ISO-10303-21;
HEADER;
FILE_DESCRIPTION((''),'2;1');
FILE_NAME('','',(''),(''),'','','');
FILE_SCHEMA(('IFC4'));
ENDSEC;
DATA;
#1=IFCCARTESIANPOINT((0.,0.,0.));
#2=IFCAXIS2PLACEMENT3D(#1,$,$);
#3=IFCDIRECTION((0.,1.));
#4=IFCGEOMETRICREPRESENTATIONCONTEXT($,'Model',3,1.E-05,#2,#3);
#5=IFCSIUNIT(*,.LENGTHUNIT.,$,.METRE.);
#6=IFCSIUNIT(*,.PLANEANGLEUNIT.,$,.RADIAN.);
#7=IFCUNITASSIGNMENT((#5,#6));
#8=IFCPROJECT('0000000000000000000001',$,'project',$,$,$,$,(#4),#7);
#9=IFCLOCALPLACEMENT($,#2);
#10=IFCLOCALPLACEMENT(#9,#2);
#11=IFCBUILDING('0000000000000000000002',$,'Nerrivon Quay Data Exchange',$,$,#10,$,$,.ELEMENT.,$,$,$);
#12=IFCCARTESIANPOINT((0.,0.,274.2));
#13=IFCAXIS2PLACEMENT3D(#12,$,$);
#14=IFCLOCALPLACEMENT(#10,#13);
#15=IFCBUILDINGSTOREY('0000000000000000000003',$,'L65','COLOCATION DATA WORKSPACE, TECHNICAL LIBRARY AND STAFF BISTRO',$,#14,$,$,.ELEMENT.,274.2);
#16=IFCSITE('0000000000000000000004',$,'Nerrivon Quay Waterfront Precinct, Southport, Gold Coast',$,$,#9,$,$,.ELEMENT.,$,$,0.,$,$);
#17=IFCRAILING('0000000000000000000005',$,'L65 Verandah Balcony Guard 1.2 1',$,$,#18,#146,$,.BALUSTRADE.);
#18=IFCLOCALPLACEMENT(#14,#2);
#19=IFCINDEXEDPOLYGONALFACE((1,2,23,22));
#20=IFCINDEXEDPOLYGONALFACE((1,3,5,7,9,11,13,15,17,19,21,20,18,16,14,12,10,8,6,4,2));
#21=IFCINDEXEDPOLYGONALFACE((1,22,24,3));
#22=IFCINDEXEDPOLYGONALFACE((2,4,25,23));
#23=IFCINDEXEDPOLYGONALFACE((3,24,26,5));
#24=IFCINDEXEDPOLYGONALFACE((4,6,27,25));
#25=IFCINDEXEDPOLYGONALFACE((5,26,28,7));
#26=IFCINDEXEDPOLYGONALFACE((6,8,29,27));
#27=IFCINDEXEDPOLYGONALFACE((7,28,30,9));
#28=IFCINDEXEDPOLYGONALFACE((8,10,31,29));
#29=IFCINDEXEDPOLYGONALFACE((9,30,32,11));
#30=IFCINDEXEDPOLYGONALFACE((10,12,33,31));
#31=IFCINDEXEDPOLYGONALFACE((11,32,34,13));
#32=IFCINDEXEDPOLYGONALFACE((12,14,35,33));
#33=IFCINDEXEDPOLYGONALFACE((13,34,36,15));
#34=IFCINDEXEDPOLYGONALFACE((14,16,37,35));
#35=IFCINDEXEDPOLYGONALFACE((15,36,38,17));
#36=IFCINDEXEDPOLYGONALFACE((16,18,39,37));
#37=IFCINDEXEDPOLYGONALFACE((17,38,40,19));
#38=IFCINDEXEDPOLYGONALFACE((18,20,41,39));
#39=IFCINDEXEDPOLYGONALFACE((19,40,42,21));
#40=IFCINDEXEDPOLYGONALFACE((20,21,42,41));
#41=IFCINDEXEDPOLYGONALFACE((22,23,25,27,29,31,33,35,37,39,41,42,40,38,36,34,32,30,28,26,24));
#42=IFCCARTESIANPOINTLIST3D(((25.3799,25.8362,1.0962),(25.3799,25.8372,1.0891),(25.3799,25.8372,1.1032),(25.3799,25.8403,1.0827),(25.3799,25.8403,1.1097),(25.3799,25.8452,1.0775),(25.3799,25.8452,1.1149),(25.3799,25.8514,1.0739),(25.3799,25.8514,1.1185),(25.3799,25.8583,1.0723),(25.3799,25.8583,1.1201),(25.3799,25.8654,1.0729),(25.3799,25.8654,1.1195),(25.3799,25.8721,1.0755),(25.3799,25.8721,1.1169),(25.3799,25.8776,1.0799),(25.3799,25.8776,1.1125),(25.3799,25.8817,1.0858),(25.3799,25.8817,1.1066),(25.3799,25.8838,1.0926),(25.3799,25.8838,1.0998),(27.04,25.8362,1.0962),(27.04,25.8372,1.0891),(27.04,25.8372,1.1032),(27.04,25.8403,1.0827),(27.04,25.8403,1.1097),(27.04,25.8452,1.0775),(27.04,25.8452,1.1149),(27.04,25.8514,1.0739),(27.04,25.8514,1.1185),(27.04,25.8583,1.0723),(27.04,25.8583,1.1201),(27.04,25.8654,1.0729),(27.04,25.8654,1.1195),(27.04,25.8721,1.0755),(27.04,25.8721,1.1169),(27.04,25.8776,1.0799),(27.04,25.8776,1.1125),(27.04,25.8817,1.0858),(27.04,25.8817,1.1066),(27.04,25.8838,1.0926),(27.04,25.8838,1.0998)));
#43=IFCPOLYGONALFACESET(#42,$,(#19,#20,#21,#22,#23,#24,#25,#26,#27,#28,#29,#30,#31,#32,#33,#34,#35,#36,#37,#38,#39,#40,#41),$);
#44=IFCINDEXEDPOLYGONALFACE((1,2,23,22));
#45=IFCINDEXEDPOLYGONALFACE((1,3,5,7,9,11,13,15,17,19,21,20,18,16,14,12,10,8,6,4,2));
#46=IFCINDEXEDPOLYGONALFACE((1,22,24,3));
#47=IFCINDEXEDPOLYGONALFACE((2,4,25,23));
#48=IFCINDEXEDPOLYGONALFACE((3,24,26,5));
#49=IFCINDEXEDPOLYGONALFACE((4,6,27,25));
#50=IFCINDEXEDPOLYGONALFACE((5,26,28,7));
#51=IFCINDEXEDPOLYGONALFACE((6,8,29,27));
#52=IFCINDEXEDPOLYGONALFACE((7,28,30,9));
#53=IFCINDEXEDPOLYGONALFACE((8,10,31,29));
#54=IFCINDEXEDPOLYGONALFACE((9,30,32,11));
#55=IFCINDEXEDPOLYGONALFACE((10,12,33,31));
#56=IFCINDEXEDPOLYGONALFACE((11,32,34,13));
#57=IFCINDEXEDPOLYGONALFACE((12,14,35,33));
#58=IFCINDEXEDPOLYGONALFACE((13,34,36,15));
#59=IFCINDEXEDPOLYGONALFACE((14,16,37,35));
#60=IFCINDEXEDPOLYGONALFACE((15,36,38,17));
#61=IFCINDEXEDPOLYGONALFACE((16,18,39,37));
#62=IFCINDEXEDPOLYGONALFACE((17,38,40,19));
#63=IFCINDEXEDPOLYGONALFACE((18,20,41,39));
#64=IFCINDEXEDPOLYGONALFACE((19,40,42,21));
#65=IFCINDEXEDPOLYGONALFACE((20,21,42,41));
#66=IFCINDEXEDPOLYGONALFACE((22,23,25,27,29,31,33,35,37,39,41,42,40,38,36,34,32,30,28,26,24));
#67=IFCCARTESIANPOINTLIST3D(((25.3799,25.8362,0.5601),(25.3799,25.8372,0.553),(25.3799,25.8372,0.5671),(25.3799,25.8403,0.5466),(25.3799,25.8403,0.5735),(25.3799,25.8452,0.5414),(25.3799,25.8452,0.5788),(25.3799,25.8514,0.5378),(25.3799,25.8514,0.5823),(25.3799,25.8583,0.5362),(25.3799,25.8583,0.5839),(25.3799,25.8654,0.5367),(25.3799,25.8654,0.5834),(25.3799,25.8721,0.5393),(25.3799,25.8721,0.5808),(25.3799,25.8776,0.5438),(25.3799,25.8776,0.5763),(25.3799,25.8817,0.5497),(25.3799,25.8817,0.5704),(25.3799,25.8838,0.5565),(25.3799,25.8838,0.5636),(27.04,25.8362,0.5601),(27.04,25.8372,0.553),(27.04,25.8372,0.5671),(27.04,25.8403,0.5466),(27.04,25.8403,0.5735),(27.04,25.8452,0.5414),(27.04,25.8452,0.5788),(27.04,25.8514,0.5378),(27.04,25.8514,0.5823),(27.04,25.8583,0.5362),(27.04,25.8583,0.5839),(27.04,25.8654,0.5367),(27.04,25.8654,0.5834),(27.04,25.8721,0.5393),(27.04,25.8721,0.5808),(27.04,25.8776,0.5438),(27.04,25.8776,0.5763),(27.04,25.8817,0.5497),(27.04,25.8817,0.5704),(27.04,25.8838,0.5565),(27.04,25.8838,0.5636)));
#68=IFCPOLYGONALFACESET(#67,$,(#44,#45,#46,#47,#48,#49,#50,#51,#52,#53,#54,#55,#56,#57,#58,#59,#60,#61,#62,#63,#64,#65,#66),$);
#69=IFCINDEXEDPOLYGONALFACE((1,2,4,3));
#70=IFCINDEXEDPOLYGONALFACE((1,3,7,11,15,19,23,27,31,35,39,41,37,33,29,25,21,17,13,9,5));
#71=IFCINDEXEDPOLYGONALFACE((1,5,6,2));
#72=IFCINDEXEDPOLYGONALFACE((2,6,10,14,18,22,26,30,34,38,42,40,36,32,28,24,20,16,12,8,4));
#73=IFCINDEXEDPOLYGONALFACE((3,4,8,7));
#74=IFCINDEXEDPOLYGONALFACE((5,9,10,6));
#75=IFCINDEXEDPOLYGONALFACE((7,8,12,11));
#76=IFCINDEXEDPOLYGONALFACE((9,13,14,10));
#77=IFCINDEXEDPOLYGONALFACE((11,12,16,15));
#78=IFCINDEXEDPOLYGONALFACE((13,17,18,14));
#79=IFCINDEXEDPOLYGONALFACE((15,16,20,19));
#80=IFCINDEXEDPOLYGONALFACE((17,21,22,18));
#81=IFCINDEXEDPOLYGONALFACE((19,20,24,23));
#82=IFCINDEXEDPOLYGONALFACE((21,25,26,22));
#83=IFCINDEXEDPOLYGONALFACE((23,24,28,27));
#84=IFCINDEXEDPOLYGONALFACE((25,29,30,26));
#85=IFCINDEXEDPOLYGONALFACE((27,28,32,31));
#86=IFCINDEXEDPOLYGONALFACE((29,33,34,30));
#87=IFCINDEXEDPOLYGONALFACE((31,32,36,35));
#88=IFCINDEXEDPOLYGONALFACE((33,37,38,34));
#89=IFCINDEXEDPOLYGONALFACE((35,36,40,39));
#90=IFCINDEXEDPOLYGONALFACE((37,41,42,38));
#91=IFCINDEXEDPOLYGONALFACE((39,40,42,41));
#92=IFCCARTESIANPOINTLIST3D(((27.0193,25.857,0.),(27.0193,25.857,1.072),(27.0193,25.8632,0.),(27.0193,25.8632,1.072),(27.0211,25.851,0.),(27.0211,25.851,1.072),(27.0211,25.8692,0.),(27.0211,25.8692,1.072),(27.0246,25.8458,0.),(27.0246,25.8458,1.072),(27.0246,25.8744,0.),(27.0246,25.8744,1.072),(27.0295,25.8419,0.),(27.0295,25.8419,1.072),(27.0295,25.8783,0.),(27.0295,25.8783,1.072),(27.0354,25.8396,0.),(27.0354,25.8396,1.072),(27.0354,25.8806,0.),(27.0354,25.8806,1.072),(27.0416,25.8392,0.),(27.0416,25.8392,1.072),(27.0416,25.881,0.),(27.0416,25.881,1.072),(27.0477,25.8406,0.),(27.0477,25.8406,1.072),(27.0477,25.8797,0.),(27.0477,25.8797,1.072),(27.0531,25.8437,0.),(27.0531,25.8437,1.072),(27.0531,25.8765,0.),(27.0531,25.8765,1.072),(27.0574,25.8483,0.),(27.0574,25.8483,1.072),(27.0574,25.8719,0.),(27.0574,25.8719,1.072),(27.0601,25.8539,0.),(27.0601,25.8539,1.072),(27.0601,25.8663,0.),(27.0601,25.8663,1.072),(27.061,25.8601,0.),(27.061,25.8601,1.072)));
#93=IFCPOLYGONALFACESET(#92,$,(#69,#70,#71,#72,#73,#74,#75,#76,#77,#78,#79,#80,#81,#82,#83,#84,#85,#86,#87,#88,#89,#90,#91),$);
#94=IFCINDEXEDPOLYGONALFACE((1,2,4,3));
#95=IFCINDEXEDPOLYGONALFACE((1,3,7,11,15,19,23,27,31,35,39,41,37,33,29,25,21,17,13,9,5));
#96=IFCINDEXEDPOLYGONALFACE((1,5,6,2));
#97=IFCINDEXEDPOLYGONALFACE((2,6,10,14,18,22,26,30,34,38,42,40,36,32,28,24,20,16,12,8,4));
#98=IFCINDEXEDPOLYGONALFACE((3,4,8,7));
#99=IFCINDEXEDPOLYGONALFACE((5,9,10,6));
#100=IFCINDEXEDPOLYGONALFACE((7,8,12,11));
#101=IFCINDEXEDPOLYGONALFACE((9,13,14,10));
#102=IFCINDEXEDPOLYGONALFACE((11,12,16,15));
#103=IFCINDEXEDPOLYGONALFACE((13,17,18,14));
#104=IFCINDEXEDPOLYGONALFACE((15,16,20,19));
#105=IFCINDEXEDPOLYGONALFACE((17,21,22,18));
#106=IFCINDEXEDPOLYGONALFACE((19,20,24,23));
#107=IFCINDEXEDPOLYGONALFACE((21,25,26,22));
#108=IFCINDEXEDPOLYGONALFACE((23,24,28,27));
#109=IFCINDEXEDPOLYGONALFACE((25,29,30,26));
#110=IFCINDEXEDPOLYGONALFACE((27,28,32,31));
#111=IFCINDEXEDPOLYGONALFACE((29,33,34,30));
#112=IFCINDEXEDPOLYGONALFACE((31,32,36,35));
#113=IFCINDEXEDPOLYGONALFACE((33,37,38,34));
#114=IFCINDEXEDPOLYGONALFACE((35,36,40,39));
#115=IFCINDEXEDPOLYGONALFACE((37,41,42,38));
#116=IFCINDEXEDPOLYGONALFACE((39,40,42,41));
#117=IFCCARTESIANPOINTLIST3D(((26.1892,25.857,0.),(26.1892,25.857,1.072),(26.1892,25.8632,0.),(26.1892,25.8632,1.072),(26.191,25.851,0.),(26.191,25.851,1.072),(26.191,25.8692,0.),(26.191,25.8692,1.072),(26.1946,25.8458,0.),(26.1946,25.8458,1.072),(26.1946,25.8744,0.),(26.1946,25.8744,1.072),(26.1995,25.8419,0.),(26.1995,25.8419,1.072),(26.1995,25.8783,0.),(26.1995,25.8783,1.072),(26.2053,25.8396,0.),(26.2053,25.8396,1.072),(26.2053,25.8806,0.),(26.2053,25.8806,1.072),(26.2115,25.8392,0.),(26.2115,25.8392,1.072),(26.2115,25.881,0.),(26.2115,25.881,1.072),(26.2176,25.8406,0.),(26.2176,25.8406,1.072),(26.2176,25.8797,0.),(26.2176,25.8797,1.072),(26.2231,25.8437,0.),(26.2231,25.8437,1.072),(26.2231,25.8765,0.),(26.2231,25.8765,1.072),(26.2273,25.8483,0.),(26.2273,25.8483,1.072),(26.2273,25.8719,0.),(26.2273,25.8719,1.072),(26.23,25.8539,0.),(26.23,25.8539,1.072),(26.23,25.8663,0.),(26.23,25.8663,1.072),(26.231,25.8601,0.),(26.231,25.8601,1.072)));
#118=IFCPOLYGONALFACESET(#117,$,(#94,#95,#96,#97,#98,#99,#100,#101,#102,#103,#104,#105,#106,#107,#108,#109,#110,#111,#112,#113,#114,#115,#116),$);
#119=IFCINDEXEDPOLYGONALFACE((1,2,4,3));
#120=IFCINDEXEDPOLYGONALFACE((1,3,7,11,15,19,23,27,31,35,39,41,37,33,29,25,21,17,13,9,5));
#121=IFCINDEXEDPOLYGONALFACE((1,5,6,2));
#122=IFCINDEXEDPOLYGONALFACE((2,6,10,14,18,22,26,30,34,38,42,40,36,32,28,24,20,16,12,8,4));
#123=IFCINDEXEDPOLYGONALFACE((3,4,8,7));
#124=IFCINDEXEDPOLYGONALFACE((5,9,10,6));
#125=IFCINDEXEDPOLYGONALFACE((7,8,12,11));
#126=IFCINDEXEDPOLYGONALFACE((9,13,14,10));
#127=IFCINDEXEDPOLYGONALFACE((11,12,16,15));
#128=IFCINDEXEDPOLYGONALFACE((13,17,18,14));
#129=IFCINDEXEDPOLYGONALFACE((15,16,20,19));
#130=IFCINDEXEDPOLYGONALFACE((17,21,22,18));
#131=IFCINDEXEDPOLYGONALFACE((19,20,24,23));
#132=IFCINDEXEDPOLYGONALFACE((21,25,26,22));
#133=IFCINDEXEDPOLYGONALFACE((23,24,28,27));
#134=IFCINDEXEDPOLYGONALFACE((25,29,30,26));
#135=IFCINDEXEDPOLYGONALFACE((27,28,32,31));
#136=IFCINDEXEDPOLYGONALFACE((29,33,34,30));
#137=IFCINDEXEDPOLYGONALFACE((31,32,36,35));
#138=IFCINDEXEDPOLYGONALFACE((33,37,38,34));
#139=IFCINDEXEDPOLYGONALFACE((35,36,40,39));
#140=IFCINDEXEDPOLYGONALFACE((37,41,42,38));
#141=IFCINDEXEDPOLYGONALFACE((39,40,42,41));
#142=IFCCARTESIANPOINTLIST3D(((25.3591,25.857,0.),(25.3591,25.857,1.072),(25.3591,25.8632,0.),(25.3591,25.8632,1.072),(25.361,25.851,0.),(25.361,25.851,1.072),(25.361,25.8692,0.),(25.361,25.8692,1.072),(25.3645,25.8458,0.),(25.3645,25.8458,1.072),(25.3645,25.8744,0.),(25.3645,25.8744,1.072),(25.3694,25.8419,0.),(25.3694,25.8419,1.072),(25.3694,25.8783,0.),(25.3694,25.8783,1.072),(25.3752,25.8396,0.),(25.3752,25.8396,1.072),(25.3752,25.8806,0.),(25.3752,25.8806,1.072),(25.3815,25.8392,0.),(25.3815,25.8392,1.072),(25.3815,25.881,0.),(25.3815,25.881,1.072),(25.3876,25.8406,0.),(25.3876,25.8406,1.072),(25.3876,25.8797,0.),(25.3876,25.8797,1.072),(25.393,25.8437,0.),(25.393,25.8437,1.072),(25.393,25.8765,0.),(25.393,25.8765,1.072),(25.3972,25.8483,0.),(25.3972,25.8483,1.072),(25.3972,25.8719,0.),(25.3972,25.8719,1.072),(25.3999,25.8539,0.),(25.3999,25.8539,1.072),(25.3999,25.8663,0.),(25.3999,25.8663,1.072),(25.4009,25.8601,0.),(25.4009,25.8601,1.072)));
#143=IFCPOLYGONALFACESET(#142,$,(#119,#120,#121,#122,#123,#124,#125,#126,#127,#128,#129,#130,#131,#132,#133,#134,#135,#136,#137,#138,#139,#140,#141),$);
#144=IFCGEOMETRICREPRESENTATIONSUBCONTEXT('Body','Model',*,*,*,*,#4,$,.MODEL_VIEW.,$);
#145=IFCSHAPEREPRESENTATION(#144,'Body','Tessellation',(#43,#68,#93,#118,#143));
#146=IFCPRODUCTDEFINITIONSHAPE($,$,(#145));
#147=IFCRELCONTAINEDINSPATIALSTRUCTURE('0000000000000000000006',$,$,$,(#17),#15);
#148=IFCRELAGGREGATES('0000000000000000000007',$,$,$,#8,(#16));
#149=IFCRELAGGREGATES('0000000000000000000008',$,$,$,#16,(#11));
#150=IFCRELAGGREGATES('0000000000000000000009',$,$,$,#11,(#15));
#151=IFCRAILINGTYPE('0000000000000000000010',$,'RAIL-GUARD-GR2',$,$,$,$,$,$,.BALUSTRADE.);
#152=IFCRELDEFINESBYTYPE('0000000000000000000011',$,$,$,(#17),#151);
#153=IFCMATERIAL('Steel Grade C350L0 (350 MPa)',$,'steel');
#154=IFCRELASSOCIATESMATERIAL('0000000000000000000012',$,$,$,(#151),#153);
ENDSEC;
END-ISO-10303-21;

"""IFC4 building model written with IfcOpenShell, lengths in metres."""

from ifc_helpers import new_model, si_unit, direction, frame, origin, origin_2d, place, context, subcontext, project, spatial, circle, extrude, material, type_object, element, save


model = new_model("IFC4")

# Units and contexts
model_context = context("Model", 3, precision=1e-05, world=origin(), true_north=direction((0.0, 1.0)))
body_context = subcontext(model_context, "Body", "Model", "MODEL_VIEW")
ifc_project = project(units=[si_unit("LENGTHUNIT", "METRE"), si_unit("PLANEANGLEUNIT", "RADIAN")], contexts=[model_context])

# Site, building, storey
site_placement = place(None, origin())
site = spatial("IfcSite", under=ifc_project, at=site_placement, Name="Nerrivon Quay Waterfront Precinct, Southport, Gold Coast", CompositionType="ELEMENT", RefElevation=0.0)
building_placement = place(site_placement, origin())
building = spatial("IfcBuilding", under=site, at=building_placement, Name="Nerrivon Quay Data Exchange", CompositionType="ELEMENT")
storey_placement = place(building_placement, frame((0.0, 0.0, 274.2)))
storey = spatial("IfcBuildingStorey", under=building, at=storey_placement, Name="L65", Description="COLOCATION DATA WORKSPACE, TECHNICAL LIBRARY AND STAFF BISTRO", CompositionType="ELEMENT", Elevation=274.2)

# Shared definitions
ifc_material_1 = material(Name="Steel Grade C350L0 (350 MPa)", Category="steel")

# Railing
railing_type = type_object("IfcRailingType", Name="RAIL-GUARD-GR2", PredefinedType="BALUSTRADE", material=ifc_material_1)
railing_1_placement = place(storey_placement, frame((27.04, 25.8601, 0.0)))
element("IfcRailing", 1, at=railing_1_placement, inside=storey, type_object=railing_type, Name="L65 Verandah Balcony Guard 1.2 1", PredefinedType="BALUSTRADE", context=body_context, shape_type="SweptSolid", body=[
    extrude(circle(Radius=0.0239, at=origin_2d()), frame((0.0, 0.0, 1.0962), z_axis=(-1.0, 0.0, 0.0), x_axis=(0.0, -1.0, 0.0)), (0.0, 0.0, 1.0), 1.6602),
    extrude(circle(Radius=0.0239, at=origin_2d()), frame((0.0, 0.0, 0.5601), z_axis=(-1.0, 0.0, 0.0), x_axis=(0.0, -1.0, 0.0)), (0.0, 0.0, 1.0), 1.6602),
    extrude(circle(Radius=0.021, at=origin_2d()), origin(), (0.0, 0.0, 1.0), 1.072),
    extrude(circle(Radius=0.021, at=origin_2d()), frame((-0.8301, 0.0, 0.0)), (0.0, 0.0, 1.0), 1.072),
    extrude(circle(Radius=0.021, at=origin_2d()), frame((-1.6602, 0.0, 0.0)), (0.0, 0.0, 1.0), 1.072),
])

save(model, "model.ifc")
